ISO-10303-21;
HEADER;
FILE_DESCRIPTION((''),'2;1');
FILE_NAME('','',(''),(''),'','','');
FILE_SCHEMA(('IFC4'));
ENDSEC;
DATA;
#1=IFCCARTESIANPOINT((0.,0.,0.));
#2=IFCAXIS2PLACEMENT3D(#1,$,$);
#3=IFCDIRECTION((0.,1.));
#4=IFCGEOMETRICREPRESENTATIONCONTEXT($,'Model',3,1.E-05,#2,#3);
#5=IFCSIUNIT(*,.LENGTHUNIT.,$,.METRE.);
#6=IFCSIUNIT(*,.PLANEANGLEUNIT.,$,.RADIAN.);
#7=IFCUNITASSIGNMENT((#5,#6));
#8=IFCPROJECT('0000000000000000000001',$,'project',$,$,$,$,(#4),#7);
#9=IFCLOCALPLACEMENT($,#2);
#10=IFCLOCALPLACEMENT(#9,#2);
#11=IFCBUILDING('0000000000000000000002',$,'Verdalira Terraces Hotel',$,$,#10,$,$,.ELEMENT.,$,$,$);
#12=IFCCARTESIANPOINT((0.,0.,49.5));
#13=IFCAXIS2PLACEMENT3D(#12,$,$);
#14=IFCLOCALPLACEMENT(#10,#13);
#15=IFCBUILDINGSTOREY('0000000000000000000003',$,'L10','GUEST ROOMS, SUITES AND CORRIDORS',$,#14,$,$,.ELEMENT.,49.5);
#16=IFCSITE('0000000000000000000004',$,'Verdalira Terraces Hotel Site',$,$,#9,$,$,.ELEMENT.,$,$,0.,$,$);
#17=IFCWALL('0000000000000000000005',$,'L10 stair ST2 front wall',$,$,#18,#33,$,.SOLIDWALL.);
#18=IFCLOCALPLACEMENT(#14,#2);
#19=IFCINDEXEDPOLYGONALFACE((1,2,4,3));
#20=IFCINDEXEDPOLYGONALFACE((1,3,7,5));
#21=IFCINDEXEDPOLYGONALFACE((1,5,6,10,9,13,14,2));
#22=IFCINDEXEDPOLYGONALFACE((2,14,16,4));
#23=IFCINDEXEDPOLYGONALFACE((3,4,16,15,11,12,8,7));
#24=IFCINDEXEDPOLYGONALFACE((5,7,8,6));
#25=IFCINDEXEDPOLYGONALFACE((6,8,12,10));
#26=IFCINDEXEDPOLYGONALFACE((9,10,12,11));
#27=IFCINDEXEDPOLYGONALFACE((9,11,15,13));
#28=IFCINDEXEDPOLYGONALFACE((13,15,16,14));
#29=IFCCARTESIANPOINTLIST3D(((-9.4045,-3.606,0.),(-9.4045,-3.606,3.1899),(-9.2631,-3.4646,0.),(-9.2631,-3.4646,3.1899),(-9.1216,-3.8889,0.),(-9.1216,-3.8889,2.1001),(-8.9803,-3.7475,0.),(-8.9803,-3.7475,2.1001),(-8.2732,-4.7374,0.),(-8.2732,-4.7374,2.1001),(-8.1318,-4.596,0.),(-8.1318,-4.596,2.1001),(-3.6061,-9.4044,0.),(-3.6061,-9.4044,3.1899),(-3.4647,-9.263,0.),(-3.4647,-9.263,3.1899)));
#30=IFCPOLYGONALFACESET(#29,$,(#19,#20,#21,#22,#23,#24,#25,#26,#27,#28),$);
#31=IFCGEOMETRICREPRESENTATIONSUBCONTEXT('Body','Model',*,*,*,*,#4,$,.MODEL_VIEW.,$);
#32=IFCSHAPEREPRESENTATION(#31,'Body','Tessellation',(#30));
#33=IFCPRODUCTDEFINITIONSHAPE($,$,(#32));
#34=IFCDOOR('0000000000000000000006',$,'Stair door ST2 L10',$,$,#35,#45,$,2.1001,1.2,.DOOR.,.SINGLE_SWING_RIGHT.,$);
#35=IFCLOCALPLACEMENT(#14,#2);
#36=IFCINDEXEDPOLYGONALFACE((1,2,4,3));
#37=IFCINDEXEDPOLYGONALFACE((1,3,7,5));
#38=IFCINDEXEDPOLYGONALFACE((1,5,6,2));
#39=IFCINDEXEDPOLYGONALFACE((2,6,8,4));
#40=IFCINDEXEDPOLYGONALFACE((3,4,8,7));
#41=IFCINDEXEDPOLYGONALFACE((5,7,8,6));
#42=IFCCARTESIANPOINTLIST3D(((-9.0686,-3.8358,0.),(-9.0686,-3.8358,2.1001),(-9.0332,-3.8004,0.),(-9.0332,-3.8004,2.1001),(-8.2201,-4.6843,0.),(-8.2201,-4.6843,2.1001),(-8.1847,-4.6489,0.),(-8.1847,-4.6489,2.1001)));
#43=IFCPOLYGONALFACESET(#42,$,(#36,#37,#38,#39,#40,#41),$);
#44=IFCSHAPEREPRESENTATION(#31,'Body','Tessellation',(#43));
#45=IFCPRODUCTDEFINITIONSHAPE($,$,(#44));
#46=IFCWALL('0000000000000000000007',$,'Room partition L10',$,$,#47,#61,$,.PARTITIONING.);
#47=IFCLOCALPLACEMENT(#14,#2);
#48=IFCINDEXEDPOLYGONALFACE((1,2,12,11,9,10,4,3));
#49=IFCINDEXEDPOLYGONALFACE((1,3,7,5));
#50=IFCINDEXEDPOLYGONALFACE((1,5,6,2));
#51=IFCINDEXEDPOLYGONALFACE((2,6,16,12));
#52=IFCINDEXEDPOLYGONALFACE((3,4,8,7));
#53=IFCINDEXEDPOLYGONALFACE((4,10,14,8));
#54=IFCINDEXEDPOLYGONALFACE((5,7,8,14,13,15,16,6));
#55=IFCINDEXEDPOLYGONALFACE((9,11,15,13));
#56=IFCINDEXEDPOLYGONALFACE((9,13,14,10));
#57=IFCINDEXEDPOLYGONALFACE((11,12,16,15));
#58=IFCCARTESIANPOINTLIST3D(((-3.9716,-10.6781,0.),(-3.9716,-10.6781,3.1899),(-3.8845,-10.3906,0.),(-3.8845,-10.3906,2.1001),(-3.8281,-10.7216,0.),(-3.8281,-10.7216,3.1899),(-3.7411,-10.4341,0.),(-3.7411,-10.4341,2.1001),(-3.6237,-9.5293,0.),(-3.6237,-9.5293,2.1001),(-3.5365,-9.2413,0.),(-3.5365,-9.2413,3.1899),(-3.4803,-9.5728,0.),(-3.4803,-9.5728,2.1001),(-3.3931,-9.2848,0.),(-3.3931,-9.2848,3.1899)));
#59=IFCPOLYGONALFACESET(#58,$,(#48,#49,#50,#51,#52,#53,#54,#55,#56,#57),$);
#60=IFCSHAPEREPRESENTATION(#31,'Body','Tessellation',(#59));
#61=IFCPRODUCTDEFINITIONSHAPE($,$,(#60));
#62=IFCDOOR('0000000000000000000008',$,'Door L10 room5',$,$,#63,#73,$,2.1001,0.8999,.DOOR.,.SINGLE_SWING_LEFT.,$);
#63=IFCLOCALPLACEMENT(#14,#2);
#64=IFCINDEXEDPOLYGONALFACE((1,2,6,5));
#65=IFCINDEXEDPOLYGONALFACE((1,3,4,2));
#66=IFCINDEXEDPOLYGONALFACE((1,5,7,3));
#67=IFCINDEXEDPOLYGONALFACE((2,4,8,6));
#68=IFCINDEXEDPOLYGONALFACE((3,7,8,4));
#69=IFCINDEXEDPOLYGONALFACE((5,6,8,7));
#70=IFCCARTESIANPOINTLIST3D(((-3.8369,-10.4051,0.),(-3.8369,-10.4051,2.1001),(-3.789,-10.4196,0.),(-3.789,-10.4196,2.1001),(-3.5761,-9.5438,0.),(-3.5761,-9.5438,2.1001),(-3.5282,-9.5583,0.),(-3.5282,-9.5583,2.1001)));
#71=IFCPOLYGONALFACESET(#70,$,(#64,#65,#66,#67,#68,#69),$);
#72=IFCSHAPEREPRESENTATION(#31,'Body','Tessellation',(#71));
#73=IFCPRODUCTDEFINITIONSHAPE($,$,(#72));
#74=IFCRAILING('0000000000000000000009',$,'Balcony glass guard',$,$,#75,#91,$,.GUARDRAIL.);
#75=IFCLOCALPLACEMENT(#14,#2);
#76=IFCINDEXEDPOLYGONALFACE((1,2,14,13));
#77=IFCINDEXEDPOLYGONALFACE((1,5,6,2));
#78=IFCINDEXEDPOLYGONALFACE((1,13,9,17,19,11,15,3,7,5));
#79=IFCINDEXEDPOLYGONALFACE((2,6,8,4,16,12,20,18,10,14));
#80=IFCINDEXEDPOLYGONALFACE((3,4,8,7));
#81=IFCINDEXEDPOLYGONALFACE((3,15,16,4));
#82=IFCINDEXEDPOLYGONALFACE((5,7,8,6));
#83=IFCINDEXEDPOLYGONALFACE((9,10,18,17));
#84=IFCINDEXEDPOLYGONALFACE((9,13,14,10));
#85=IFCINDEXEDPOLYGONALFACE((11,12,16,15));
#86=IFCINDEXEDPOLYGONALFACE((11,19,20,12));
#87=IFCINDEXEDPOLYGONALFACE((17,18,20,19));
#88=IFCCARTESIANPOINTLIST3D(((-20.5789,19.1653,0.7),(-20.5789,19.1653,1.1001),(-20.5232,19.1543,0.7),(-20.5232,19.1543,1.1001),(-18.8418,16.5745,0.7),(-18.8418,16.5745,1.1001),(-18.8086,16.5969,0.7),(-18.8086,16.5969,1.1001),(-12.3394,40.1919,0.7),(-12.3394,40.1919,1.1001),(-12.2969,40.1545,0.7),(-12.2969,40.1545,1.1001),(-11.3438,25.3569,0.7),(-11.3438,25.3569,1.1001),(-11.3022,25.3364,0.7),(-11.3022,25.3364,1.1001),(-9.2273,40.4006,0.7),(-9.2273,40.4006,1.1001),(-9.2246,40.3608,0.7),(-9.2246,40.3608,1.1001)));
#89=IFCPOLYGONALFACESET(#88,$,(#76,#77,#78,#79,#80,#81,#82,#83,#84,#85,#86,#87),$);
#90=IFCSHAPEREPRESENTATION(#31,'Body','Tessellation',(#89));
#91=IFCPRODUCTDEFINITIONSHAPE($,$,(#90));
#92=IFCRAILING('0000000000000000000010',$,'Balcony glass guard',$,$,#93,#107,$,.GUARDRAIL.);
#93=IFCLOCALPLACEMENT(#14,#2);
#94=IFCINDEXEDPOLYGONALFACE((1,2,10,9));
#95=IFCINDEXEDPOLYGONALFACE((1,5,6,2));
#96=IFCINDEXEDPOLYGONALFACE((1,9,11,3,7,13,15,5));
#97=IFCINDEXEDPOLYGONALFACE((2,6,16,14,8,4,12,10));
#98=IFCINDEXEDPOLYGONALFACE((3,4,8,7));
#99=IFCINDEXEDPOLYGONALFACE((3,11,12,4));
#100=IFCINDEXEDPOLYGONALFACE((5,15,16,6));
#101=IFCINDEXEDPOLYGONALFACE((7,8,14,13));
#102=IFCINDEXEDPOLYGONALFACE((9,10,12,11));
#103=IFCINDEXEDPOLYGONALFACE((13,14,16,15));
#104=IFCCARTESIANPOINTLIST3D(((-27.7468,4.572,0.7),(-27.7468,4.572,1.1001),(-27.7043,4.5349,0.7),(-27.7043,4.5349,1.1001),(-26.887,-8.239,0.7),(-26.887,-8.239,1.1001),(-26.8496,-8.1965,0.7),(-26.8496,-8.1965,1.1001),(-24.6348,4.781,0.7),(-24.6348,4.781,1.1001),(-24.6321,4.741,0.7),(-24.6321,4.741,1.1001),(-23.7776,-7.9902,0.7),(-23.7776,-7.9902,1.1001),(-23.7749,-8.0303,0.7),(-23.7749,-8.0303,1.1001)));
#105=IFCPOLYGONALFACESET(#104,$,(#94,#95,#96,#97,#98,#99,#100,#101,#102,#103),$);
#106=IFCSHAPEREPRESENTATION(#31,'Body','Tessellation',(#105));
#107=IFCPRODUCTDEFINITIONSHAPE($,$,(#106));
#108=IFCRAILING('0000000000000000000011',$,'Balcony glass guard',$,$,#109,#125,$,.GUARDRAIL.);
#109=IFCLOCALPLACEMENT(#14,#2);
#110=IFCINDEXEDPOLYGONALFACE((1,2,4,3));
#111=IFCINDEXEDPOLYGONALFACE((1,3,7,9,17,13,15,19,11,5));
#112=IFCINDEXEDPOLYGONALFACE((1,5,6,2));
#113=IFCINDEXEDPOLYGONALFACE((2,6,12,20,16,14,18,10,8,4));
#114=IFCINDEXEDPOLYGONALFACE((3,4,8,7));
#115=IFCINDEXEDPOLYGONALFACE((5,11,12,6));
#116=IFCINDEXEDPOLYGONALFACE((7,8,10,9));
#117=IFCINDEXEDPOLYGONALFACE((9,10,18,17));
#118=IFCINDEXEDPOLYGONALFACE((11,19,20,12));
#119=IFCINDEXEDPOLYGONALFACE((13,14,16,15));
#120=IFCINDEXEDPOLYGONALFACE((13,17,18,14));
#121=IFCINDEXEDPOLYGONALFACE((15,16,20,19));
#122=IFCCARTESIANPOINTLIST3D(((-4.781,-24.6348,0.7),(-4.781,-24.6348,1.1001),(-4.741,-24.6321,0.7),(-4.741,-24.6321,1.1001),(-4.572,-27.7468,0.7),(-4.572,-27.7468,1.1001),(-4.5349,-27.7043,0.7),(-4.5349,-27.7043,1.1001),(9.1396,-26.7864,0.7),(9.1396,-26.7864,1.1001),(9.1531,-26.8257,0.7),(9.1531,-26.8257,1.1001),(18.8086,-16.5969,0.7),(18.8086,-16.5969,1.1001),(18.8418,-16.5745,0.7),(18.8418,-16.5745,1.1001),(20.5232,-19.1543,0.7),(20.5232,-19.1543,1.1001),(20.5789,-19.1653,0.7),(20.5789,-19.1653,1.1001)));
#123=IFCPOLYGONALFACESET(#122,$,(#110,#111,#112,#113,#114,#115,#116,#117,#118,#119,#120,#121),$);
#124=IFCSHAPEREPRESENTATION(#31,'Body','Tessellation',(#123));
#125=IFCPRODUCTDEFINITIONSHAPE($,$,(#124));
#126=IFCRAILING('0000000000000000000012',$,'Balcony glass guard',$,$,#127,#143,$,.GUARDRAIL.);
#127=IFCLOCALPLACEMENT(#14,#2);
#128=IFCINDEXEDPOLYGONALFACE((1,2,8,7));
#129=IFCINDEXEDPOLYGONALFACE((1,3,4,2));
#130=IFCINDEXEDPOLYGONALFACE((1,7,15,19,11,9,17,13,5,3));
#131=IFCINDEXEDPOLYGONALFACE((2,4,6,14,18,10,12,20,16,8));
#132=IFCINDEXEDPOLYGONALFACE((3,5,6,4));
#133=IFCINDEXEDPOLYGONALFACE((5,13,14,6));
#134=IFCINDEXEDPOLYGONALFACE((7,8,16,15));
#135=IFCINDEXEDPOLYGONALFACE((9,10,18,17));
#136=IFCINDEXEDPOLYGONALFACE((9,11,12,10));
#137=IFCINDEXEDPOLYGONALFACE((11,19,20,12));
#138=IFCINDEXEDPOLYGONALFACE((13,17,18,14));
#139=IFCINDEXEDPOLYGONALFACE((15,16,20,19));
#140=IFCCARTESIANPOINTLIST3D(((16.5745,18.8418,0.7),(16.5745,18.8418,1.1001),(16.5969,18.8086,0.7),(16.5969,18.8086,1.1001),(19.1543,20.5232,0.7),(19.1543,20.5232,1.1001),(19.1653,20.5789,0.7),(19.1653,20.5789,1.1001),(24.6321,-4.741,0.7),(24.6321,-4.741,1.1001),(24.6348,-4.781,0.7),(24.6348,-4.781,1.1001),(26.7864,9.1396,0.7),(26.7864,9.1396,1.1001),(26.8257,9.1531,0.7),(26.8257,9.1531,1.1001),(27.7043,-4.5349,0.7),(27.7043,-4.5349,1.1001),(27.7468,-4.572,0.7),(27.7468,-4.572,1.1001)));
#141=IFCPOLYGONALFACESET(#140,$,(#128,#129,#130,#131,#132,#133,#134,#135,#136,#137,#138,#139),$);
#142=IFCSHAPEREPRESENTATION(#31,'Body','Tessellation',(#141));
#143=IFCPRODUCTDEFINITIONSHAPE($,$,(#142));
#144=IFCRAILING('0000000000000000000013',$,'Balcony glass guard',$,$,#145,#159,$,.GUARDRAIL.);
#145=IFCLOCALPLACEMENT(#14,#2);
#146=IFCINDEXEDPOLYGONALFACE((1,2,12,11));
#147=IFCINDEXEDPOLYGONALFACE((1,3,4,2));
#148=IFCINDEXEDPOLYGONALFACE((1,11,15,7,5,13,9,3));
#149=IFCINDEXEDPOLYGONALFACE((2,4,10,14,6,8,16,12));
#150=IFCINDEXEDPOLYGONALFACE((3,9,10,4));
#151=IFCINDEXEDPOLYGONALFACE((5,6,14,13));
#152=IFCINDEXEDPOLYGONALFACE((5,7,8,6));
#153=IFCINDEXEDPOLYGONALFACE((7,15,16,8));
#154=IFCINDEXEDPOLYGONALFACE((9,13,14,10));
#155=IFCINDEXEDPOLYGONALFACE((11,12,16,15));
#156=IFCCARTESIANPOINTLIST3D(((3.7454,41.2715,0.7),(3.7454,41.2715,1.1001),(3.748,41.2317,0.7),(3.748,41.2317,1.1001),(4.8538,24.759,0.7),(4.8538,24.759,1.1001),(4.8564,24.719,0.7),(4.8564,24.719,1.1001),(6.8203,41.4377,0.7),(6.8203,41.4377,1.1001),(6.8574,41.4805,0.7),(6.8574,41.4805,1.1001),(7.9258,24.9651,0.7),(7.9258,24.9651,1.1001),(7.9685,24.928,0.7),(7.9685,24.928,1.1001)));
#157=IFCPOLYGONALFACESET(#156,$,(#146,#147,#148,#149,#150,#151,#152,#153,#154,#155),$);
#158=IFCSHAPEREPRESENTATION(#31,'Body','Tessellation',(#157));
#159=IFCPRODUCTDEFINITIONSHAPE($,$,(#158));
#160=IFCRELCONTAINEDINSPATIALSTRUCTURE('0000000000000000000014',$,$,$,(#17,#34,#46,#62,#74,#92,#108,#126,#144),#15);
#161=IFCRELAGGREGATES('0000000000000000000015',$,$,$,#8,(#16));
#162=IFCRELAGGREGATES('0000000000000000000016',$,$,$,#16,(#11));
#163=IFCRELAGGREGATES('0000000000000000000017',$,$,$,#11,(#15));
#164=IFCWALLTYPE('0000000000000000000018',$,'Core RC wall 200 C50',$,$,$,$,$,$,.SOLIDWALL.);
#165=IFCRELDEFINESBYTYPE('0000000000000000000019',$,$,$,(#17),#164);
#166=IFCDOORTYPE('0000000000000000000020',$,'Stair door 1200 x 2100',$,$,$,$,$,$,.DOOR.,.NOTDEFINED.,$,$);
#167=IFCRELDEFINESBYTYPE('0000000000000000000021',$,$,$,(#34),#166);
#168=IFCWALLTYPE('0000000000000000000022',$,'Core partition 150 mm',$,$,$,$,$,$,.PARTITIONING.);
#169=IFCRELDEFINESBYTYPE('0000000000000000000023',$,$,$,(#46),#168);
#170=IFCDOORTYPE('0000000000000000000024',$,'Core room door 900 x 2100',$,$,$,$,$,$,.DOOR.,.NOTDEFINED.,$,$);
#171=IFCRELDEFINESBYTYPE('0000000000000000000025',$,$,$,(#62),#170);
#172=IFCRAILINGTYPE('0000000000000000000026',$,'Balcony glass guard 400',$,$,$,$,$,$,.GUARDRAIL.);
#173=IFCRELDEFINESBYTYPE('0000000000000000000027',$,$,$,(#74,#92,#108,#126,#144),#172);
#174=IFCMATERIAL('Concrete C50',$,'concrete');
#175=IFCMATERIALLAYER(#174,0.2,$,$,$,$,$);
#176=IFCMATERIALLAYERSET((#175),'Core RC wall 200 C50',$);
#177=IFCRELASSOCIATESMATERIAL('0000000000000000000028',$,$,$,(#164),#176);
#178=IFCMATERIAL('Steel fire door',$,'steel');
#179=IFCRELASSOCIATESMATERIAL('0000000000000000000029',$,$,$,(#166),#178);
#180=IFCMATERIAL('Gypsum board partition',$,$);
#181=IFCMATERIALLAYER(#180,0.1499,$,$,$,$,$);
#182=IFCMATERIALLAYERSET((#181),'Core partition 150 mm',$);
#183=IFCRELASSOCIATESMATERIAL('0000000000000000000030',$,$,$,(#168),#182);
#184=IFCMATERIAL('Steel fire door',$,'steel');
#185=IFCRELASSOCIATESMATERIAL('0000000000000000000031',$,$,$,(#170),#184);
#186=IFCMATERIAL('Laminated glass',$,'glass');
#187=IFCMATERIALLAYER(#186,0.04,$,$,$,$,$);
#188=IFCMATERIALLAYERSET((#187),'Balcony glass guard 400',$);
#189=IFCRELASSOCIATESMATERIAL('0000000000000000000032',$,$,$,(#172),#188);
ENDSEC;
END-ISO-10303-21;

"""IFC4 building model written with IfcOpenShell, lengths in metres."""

from ifc_helpers import new_model, si_unit, direction, frame, frame_2d, origin, place, context, subcontext, project, spatial, polyline, rectangle, outline, extrude, material, layer, layer_set, type_object, element, fill, save


model = new_model("IFC4")

# Units and contexts
model_context = context("Model", 3, precision=1e-05, world=origin(), true_north=direction((0.0, 1.0)))
body_context = subcontext(model_context, "Body", "Model", "MODEL_VIEW")
ifc_project = project(units=[si_unit("LENGTHUNIT", "METRE"), si_unit("PLANEANGLEUNIT", "RADIAN")], contexts=[model_context])

# Site, building, storey
site_placement = place(None, origin())
site = spatial("IfcSite", under=ifc_project, at=site_placement, Name="Verdalira Terraces Hotel Site", CompositionType="ELEMENT", RefElevation=0.0)
building_placement = place(site_placement, origin())
building = spatial("IfcBuilding", under=site, at=building_placement, Name="Verdalira Terraces Hotel", CompositionType="ELEMENT")
storey_placement = place(building_placement, frame((0.0, 0.0, 49.5)))
storey = spatial("IfcBuildingStorey", under=building, at=storey_placement, Name="L10", Description="GUEST ROOMS, SUITES AND CORRIDORS", CompositionType="ELEMENT", Elevation=49.5)

# Shared definitions
ifc_material_1 = material(Name="Concrete C50", Category="concrete")
ifc_layer_1 = layer(ifc_material_1, 0.2)
ifc_layer_set_1 = layer_set([ifc_layer_1], Name="Core RC wall 200 C50")
wall_type_1 = type_object("IfcWallType", Name="Core RC wall 200 C50", PredefinedType="SOLIDWALL", material=ifc_layer_set_1)

# Walls, openings, doors
wall_1_placement = place(storey_placement, frame((-3.5354, -9.3337, 0.0), z_axis=(0.0, 0.0, 1.0), x_axis=(-0.707107, 0.707107, 0.0)))
wall_1 = element("IfcWall", 1, at=wall_1_placement, inside=storey, type_object=wall_type_1, Name="L10 stair ST2 front wall", PredefinedType="SOLIDWALL", context=body_context, shape_type="SweptSolid", body=[
    extrude(rectangle(XDim=8.2002, YDim=0.2, at=frame_2d((4.1001, 0.0))), origin(), (0.0, 0.0, 1.0), 3.1899),
])
opening_1_placement = place(wall_1_placement, frame((6.6001, 0.0, 0.0)))
opening_1 = element("IfcOpeningElement", 2, at=opening_1_placement, cuts=wall_1, PredefinedType="OPENING", context=body_context, shape_type="SweptSolid", body=[
    extrude(rectangle(XDim=1.2, YDim=2.1001, at=frame_2d((0.6001, 1.05))), frame((0.0, 0.1099, 0.0), z_axis=(0.0, -1.0, 0.0), x_axis=(1.0, 0.0, 0.0)), (0.0, 0.0, 1.0), 0.22),
])
ifc_material_2 = material(Name="Steel fire door", Category="steel")
door_type_1 = type_object("IfcDoorType", Name="Stair door 1200 x 2100", OperationType="NOTDEFINED", PredefinedType="DOOR", material=ifc_material_2)
door_1_placement = place(opening_1_placement, origin())
door_1 = element("IfcDoor", 3, at=door_1_placement, inside=storey, type_object=door_type_1, Name="Stair door ST2 L10", OperationType="SINGLE_SWING_RIGHT", OverallHeight=2.1001, OverallWidth=1.2, PredefinedType="DOOR", context=body_context, shape_type="SweptSolid", body=[
    extrude(rectangle(XDim=1.2, YDim=2.1001, at=frame_2d((0.6001, 1.05))), frame((0.0, 0.0249, 0.0), z_axis=(0.0, -1.0, 0.0), x_axis=(1.0, 0.0, 0.0)), (0.0, 0.0, 1.0), 0.05),
])
fill(opening_1, door_1)
ifc_material_3 = material(Name="Gypsum board partition")
ifc_layer_2 = layer(ifc_material_3, 0.1499)
ifc_layer_set_2 = layer_set([ifc_layer_2], Name="Core partition 150 mm")
wall_type_2 = type_object("IfcWallType", Name="Core partition 150 mm", PredefinedType="PARTITIONING", material=ifc_layer_set_2)
wall_2_placement = place(storey_placement, frame((-3.4648, -9.2632, 0.0), z_axis=(0.0, 0.0, 1.0), x_axis=(-0.289809, -0.957085, 0.0)))
wall_2 = element("IfcWall", 4, at=wall_2_placement, inside=storey, type_object=wall_type_2, Name="Room partition L10", PredefinedType="PARTITIONING", context=body_context, shape_type="SweptSolid", body=[
    extrude(rectangle(XDim=1.5012, YDim=0.1499, at=frame_2d((0.7505, 0.0))), origin(), (0.0, 0.0, 1.0), 3.1899),
])
opening_2_placement = place(wall_2_placement, frame((0.3008, 0.0, 0.0)))
opening_2 = element("IfcOpeningElement", 5, at=opening_2_placement, cuts=wall_2, PredefinedType="OPENING", context=body_context, shape_type="SweptSolid", body=[
    extrude(rectangle(XDim=0.8999, YDim=2.1001, at=frame_2d((0.45, 1.05))), frame((0.0, 0.085, 0.0), z_axis=(0.0, -1.0, 0.0), x_axis=(1.0, 0.0, 0.0)), (0.0, 0.0, 1.0), 0.1699),
])
ifc_material_4 = material(Name="Steel fire door", Category="steel")
door_type_2 = type_object("IfcDoorType", Name="Core room door 900 x 2100", OperationType="NOTDEFINED", PredefinedType="DOOR", material=ifc_material_4)
door_2_placement = place(opening_2_placement, origin())
door_2 = element("IfcDoor", 6, at=door_2_placement, inside=storey, type_object=door_type_2, Name="Door L10 room5", OperationType="SINGLE_SWING_LEFT", OverallHeight=2.1001, OverallWidth=0.8999, PredefinedType="DOOR", context=body_context, shape_type="SweptSolid", body=[
    extrude(rectangle(XDim=0.8999, YDim=2.1001, at=frame_2d((0.45, 1.05))), frame((0.0, 0.0249, 0.0), z_axis=(0.0, -1.0, 0.0), x_axis=(1.0, 0.0, 0.0)), (0.0, 0.0, 1.0), 0.05),
])
fill(opening_2, door_2)

# Railings
ifc_material_5 = material(Name="Laminated glass", Category="glass")
ifc_layer_3 = layer(ifc_material_5, 0.04)
ifc_layer_set_3 = layer_set([ifc_layer_3], Name="Balcony glass guard 400")
railing_type = type_object("IfcRailingType", Name="Balcony glass guard 400", PredefinedType="GUARDRAIL", material=ifc_layer_set_3)
railing_1_placement = place(storey_placement, frame((0.0, 0.0, 0.7)))
element("IfcRailing", 7, at=railing_1_placement, inside=storey, type_object=railing_type, Name="Balcony glass guard", PredefinedType="GUARDRAIL", context=body_context, shape_type="SweptSolid", body=[
    extrude(outline(polyline([(-12.2969, 40.1545), (-11.3022, 25.3364), (-20.5232, 19.1543), (-18.8086, 16.5969), (-18.8418, 16.5745), (-20.5789, 19.1653), (-11.3438, 25.3569), (-12.3394, 40.1919), (-9.2273, 40.4006), (-9.2246, 40.3608), (-12.2969, 40.1545)])), origin(), (0.0, 0.0, 1.0), 0.4001),
])
railing_2_placement = place(storey_placement, frame((0.0, 0.0, 0.7)))
element("IfcRailing", 8, at=railing_2_placement, inside=storey, type_object=railing_type, Name="Balcony glass guard", PredefinedType="GUARDRAIL", context=body_context, shape_type="SweptSolid", body=[
    extrude(outline(polyline([(-27.7043, 4.5349), (-26.8496, -8.1965), (-23.7776, -7.9902), (-23.7749, -8.0303), (-26.887, -8.239), (-27.7468, 4.572), (-24.6348, 4.781), (-24.6321, 4.741), (-27.7043, 4.5349)])), origin(), (0.0, 0.0, 1.0), 0.4001),
])
railing_3_placement = place(storey_placement, frame((0.0, 0.0, 0.7)))
element("IfcRailing", 9, at=railing_3_placement, inside=storey, type_object=railing_type, Name="Balcony glass guard", PredefinedType="GUARDRAIL", context=body_context, shape_type="SweptSolid", body=[
    extrude(outline(polyline([(-4.5349, -27.7043), (9.1396, -26.7864), (20.5232, -19.1543), (18.8086, -16.5969), (18.8418, -16.5745), (20.5789, -19.1653), (9.1531, -26.8257), (-4.572, -27.7468), (-4.781, -24.6348), (-4.741, -24.6321), (-4.5349, -27.7043)])), origin(), (0.0, 0.0, 1.0), 0.4001),
])
railing_4_placement = place(storey_placement, frame((0.0, 0.0, 0.7)))
element("IfcRailing", 10, at=railing_4_placement, inside=storey, type_object=railing_type, Name="Balcony glass guard", PredefinedType="GUARDRAIL", context=body_context, shape_type="SweptSolid", body=[
    extrude(outline(polyline([(27.7043, -4.5349), (26.7864, 9.1396), (19.1543, 20.5232), (16.5969, 18.8086), (16.5745, 18.8418), (19.1653, 20.5789), (26.8257, 9.1531), (27.7468, -4.572), (24.6348, -4.781), (24.6321, -4.741), (27.7043, -4.5349)])), origin(), (0.0, 0.0, 1.0), 0.4001),
])
railing_5_placement = place(storey_placement, frame((0.0, 0.0, 0.7)))
element("IfcRailing", 11, at=railing_5_placement, inside=storey, type_object=railing_type, Name="Balcony glass guard", PredefinedType="GUARDRAIL", context=body_context, shape_type="SweptSolid", body=[
    extrude(outline(polyline([(7.9258, 24.9651), (6.8203, 41.4377), (3.748, 41.2317), (3.7454, 41.2715), (6.8574, 41.4805), (7.9685, 24.928), (4.8564, 24.719), (4.8538, 24.759), (7.9258, 24.9651)])), origin(), (0.0, 0.0, 1.0), 0.4001),
])

save(model, "model.ifc")
